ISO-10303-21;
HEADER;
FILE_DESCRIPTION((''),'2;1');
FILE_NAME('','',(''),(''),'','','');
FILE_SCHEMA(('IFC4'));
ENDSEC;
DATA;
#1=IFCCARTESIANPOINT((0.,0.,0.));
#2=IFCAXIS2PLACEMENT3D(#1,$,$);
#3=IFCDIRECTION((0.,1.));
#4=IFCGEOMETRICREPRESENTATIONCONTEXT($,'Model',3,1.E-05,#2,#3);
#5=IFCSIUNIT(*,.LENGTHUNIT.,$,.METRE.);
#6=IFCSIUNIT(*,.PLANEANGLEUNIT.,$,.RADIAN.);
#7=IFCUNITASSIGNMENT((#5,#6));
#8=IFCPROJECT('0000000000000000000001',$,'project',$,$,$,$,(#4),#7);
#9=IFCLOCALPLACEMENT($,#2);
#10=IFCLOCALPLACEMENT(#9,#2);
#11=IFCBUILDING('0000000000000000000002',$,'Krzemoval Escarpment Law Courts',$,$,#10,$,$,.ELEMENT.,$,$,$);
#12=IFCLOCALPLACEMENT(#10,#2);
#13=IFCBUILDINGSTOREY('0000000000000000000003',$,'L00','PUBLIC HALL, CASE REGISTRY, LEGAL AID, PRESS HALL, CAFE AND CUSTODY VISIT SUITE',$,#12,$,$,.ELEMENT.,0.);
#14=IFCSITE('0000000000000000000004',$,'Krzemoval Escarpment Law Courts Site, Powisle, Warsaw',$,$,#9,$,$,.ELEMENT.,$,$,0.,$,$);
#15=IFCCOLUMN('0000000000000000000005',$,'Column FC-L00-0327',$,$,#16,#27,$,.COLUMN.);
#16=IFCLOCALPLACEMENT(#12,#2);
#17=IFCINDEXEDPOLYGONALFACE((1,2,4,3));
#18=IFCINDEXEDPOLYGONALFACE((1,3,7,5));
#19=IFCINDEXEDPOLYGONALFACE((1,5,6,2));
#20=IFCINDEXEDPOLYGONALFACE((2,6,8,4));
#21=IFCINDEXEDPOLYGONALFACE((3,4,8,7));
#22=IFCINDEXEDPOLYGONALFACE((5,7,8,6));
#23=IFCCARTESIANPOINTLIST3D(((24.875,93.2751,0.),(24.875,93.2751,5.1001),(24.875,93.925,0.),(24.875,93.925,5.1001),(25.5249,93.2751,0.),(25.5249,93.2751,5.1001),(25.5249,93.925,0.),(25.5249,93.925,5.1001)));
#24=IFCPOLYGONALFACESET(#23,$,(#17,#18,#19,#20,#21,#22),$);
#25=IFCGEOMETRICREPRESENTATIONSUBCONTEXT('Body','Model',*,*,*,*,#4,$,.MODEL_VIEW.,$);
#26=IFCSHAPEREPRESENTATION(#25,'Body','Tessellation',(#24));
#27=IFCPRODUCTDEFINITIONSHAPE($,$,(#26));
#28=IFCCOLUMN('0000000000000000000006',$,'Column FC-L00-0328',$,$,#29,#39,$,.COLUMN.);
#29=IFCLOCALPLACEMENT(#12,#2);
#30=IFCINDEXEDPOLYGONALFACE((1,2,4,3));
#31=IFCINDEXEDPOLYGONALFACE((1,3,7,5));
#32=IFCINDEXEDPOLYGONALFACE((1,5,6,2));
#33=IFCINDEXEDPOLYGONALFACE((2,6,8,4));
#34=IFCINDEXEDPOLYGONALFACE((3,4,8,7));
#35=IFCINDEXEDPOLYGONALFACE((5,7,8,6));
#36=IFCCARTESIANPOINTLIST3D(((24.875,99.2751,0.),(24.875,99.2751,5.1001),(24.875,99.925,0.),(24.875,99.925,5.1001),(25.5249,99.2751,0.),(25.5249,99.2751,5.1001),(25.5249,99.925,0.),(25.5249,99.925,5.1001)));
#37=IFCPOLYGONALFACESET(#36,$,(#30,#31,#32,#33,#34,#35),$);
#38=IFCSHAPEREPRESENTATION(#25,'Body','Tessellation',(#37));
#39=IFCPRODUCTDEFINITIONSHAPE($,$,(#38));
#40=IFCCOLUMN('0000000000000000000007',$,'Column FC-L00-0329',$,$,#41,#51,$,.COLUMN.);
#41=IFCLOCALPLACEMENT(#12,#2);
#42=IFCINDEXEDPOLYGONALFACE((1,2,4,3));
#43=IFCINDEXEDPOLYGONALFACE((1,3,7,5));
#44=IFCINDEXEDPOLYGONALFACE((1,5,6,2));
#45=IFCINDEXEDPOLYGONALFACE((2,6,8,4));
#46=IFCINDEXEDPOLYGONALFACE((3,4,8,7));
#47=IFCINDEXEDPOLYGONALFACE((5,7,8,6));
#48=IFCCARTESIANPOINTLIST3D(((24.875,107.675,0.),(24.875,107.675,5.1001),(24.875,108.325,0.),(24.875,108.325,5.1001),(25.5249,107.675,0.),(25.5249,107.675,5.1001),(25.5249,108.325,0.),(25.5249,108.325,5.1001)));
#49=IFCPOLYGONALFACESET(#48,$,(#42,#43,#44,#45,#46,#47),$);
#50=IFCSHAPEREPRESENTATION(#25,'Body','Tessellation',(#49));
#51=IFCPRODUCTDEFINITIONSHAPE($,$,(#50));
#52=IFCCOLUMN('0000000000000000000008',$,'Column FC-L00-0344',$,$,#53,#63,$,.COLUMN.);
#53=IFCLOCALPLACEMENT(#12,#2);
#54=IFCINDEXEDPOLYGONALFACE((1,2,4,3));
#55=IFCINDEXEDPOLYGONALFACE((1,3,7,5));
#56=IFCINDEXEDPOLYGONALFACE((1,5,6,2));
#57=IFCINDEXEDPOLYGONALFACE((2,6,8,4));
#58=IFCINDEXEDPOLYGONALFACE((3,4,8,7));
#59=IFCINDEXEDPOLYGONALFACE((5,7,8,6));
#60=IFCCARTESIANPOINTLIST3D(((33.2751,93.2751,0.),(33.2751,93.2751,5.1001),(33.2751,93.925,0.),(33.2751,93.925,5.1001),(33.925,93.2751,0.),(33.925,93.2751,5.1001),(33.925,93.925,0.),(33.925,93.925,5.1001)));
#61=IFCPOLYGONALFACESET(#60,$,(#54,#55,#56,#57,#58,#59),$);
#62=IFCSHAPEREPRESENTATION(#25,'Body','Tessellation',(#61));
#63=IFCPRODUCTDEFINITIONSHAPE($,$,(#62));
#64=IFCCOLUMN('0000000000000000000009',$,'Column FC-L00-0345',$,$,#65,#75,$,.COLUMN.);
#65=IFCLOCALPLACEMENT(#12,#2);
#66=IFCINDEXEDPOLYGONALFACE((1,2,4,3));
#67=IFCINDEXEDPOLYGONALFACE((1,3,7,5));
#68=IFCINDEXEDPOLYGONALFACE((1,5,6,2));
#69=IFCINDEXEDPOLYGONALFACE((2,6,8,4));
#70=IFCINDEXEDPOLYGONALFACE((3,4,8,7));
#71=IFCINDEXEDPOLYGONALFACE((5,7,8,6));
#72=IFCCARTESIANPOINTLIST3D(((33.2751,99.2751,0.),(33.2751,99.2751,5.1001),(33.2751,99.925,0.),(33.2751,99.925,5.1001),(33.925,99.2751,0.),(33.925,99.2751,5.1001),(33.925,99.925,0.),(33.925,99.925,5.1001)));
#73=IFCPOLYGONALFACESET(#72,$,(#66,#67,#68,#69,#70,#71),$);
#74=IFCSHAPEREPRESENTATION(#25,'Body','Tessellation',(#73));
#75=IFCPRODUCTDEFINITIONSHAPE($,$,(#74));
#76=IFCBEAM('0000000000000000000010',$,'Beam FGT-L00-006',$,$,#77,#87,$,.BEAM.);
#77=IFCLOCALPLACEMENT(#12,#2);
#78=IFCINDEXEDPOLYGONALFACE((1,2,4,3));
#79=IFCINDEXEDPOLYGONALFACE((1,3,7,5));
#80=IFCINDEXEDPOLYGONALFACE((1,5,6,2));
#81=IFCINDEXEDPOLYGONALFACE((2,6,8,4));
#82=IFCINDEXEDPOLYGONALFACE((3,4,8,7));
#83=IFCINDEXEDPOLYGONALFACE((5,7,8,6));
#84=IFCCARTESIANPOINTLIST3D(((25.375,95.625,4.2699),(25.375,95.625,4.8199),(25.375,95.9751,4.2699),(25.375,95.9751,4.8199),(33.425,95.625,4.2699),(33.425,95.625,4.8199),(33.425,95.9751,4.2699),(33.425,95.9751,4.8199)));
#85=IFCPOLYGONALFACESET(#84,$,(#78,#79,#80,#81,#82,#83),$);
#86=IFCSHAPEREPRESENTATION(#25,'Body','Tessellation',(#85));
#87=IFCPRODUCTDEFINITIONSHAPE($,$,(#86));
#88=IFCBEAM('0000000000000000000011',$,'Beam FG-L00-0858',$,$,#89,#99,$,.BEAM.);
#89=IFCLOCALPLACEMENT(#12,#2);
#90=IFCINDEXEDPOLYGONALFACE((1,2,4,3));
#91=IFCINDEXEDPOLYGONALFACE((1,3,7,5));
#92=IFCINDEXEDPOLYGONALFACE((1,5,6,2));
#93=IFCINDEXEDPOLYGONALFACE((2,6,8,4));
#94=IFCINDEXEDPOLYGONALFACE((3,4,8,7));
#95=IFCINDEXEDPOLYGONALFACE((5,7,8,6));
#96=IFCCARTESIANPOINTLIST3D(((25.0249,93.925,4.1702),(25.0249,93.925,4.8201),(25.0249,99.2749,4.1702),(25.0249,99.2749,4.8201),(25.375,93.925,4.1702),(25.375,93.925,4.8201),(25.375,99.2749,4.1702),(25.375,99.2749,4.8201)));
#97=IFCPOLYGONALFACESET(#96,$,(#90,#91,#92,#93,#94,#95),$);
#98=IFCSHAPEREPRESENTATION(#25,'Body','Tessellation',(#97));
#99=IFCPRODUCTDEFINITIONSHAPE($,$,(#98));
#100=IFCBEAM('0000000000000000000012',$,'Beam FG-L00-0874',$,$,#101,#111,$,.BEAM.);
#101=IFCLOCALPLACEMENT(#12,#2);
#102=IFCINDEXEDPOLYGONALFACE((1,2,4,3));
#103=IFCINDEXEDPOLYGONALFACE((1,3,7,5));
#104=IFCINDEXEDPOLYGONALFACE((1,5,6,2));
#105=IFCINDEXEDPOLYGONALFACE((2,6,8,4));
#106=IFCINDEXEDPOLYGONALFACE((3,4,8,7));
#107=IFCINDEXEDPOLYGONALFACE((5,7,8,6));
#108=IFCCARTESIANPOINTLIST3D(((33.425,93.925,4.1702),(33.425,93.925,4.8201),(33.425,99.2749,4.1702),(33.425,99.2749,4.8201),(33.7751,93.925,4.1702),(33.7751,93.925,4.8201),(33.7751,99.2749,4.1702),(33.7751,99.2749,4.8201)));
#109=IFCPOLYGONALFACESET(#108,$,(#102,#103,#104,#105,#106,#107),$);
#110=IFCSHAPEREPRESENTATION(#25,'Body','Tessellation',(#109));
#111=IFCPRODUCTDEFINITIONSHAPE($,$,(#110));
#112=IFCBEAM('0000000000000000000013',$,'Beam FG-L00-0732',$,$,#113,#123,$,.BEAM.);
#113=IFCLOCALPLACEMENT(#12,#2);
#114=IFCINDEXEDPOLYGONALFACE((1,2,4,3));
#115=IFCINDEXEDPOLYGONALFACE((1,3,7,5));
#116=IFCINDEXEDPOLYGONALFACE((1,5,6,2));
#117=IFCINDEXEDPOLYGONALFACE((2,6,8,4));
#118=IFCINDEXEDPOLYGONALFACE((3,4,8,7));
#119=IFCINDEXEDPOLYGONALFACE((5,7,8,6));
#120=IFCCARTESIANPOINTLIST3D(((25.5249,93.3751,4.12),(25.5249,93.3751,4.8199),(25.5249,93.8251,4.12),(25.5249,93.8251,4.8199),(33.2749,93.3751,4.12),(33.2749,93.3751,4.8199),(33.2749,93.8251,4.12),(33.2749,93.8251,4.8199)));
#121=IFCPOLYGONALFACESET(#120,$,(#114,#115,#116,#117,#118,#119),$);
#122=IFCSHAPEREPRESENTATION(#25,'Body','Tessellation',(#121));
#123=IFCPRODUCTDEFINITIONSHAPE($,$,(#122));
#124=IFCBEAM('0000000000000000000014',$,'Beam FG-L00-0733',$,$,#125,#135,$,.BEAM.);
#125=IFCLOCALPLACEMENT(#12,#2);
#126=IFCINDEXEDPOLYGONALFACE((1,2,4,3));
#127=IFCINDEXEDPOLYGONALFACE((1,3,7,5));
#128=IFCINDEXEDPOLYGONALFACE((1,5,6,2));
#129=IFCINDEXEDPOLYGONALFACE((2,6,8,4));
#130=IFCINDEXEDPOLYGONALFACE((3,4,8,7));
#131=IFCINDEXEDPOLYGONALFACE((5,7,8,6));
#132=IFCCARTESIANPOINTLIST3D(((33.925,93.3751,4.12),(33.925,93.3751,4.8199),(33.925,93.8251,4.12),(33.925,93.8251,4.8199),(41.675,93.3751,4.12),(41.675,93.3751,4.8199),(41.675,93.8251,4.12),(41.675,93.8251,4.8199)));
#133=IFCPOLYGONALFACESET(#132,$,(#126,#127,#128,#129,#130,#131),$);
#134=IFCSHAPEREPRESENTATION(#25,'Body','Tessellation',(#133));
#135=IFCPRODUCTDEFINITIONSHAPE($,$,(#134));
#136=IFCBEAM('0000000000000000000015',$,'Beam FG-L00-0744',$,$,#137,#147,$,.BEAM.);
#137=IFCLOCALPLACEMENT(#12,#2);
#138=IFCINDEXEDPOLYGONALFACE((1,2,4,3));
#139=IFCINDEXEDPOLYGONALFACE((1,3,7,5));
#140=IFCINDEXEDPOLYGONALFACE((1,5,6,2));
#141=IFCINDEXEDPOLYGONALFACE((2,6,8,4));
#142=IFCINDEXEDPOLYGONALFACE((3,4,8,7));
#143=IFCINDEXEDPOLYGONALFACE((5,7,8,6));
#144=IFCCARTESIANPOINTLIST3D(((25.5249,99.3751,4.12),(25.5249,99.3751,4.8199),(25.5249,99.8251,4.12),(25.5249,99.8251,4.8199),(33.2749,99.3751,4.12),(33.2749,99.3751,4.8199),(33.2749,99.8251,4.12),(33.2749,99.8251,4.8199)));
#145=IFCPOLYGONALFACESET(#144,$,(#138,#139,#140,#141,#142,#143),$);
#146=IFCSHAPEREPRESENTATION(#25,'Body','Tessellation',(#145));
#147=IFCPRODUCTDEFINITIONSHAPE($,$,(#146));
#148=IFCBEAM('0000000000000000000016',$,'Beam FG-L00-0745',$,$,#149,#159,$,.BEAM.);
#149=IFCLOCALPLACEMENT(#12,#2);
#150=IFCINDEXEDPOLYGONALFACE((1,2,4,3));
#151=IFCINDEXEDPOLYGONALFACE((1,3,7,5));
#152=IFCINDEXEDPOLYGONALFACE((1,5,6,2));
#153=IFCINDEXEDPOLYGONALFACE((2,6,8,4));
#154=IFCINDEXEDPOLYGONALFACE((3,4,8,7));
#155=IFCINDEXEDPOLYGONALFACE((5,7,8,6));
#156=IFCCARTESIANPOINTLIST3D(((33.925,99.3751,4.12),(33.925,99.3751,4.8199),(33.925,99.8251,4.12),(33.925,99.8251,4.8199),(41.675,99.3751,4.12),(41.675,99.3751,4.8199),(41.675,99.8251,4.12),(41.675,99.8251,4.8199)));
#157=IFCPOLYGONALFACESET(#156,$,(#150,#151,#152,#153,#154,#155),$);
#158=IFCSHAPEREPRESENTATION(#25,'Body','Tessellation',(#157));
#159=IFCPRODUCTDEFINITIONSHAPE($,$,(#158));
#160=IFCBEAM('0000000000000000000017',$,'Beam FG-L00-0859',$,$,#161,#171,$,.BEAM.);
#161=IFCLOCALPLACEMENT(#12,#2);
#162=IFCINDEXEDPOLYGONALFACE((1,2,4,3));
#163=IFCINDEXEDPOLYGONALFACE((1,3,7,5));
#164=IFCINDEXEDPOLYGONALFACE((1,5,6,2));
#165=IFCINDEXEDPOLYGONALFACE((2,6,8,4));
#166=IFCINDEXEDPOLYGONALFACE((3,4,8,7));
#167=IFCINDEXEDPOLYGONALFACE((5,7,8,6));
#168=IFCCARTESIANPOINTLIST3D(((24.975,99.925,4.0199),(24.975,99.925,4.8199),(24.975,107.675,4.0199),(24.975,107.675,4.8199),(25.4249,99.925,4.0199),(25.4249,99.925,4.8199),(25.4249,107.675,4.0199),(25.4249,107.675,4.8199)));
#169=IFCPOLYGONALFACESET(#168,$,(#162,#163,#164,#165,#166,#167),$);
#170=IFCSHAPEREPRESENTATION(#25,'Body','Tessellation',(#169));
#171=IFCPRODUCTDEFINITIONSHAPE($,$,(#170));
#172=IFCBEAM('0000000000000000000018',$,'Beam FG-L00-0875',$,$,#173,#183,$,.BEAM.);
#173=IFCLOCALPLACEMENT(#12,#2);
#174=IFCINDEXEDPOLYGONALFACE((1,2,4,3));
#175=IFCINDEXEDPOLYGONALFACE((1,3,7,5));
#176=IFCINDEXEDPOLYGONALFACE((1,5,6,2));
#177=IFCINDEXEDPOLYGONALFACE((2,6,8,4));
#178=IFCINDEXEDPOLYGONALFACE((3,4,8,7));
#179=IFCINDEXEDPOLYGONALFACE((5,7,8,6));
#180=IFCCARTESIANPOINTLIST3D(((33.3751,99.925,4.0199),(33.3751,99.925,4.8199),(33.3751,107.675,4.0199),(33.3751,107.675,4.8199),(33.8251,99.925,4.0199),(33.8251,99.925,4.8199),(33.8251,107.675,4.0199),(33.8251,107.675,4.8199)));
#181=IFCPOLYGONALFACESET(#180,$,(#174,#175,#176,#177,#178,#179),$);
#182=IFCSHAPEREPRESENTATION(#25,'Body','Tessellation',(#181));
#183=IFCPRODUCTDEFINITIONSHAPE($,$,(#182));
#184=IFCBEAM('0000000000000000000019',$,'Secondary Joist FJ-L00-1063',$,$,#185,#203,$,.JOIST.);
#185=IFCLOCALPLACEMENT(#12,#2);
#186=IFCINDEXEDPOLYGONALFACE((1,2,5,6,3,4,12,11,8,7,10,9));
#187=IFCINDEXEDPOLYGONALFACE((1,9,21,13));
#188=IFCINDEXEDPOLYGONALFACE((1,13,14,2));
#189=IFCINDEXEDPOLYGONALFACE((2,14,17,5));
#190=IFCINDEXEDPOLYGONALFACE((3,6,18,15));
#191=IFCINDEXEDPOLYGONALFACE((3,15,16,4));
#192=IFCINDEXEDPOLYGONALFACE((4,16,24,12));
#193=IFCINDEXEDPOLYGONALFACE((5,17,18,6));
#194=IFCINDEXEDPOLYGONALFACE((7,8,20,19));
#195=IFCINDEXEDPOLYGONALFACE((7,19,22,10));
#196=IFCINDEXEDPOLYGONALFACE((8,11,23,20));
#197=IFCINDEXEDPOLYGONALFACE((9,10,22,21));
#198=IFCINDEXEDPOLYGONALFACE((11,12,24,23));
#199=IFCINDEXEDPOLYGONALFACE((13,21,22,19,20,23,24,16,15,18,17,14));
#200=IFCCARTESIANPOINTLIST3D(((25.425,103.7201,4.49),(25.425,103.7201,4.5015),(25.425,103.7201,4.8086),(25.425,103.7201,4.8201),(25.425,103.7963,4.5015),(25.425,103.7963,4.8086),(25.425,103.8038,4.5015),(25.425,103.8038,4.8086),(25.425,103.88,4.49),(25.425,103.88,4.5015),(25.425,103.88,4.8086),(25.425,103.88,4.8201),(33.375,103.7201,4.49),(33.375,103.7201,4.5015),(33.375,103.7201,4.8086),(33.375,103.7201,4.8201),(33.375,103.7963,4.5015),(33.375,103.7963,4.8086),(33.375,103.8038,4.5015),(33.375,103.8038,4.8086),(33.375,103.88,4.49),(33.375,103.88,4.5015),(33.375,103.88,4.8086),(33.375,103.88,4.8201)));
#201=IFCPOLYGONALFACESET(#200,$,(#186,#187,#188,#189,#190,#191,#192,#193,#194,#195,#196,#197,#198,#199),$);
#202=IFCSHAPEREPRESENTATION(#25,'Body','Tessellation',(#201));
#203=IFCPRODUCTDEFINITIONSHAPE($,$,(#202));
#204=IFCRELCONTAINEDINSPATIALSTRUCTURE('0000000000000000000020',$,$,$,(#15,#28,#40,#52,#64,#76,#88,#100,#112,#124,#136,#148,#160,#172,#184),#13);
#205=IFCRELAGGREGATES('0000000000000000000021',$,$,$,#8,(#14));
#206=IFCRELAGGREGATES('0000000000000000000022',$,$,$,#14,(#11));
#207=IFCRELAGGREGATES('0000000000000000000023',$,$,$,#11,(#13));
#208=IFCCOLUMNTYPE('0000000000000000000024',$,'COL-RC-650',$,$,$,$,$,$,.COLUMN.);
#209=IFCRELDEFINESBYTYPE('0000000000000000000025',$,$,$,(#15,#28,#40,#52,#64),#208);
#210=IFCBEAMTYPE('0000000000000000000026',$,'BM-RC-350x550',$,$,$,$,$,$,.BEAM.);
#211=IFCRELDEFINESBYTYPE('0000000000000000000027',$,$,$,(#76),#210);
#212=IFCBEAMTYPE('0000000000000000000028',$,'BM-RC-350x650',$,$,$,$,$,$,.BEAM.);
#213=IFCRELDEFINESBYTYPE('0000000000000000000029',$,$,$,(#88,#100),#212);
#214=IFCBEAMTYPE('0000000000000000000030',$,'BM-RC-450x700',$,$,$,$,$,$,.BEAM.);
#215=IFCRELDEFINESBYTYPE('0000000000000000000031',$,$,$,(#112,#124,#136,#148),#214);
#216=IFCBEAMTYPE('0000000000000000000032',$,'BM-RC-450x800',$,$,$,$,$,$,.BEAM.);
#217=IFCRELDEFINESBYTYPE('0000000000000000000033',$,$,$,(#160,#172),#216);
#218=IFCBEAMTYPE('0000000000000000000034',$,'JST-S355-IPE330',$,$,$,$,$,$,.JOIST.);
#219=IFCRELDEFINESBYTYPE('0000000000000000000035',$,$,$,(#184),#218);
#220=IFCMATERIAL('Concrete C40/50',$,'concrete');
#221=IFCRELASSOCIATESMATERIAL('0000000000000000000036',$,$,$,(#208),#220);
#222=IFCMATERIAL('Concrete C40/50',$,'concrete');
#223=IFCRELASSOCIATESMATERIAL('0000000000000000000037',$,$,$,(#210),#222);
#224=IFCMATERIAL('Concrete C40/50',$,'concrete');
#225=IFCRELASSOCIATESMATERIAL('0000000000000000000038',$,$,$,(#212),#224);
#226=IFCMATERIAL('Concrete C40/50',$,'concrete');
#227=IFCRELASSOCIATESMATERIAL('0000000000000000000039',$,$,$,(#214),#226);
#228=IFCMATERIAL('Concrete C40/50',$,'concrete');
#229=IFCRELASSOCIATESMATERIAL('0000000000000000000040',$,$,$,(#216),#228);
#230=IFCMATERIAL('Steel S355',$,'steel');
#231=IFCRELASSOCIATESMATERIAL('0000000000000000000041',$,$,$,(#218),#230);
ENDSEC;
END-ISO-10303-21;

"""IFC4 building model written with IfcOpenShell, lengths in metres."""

from ifc_helpers import new_model, si_unit, direction, frame, origin, origin_2d, place, context, subcontext, project, spatial, rectangle, i_section, extrude, material, material_profile, profile_set, type_object, element, save


model = new_model("IFC4")

# Units and contexts
model_context = context("Model", 3, precision=1e-05, world=origin(), true_north=direction((0.0, 1.0)))
body_context = subcontext(model_context, "Body", "Model", "MODEL_VIEW")
ifc_project = project(units=[si_unit("LENGTHUNIT", "METRE"), si_unit("PLANEANGLEUNIT", "RADIAN")], contexts=[model_context])

# Site, building, storey
site_placement = place(None, origin())
site = spatial("IfcSite", under=ifc_project, at=site_placement, Name="Krzemoval Escarpment Law Courts Site, Powisle, Warsaw", CompositionType="ELEMENT", RefElevation=0.0)
building_placement = place(site_placement, origin())
building = spatial("IfcBuilding", under=site, at=building_placement, Name="Krzemoval Escarpment Law Courts", CompositionType="ELEMENT")
storey_placement = place(building_placement, origin())
storey = spatial("IfcBuildingStorey", under=building, at=storey_placement, Name="L00", Description="PUBLIC HALL, CASE REGISTRY, LEGAL AID, PRESS HALL, CAFE AND CUSTODY VISIT SUITE", CompositionType="ELEMENT", Elevation=0.0)

# Columns
ifc_material_1 = material(Name="Concrete C40/50", Category="concrete")
ifc_material_profile_1 = material_profile(ifc_material_1, rectangle(XDim=0.6499, YDim=0.6499, at=origin_2d()), Name="RC 650x650")
ifc_profile_set_1 = profile_set([ifc_material_profile_1], Name="Concrete C40/50")
column_type = type_object("IfcColumnType", Name="COL-RC-650", PredefinedType="COLUMN", material=ifc_profile_set_1)
for number, where, z_axis, x_axis, name in (
    (1, (25.2, 93.6001, 0.0), (0.0, 0.0, 1.0), (1.0, 0.0, 0.0), "Column FC-L00-0327"),
    (2, (25.2, 99.6001, 0.0), (0.0, 0.0, 1.0), (1.0, 0.0, 0.0), "Column FC-L00-0328"),
    (3, (25.2, 108.0, 0.0), (0.0, 0.0, 1.0), (1.0, 0.0, 0.0), "Column FC-L00-0329"),
    (4, (33.6001, 93.6001, 0.0), (0.0, 0.0, 1.0), (1.0, 0.0, 0.0), "Column FC-L00-0344"),
    (5, (33.6001, 99.6001, 0.0), (0.0, 0.0, 1.0), (1.0, 0.0, 0.0), "Column FC-L00-0345"),
):
    element("IfcColumn", number, at=place(storey_placement, frame(where, z_axis=z_axis, x_axis=x_axis)), inside=storey, type_object=column_type, Name=name, PredefinedType="COLUMN", context=body_context, shape_type="SweptSolid", body=[
        extrude(rectangle(XDim=0.6499, YDim=0.6499, at=origin_2d()), origin(), (0.0, 0.0, 1.0), 5.1001),
    ])

# Beams
ifc_material_2 = material(Name="Concrete C40/50", Category="concrete")
ifc_material_profile_2 = material_profile(ifc_material_2, rectangle(XDim=0.3501, YDim=0.55, at=origin_2d()), Name="RCB 350x550")
ifc_profile_set_2 = profile_set([ifc_material_profile_2], Name="Concrete C40/50")
beam_type_1 = type_object("IfcBeamType", Name="BM-RC-350x550", PredefinedType="BEAM", material=ifc_profile_set_2)
beam_placement = place(storey_placement, frame((25.375, 95.8, 4.5449), z_axis=(1.0, 0.0, 0.0), x_axis=(0.0, 1.0, 0.0)))
element("IfcBeam", 6, at=beam_placement, inside=storey, type_object=beam_type_1, Name="Beam FGT-L00-006", PredefinedType="BEAM", context=body_context, shape_type="SweptSolid", body=[
    extrude(rectangle(XDim=0.3501, YDim=0.55, at=origin_2d()), origin(), (0.0, 0.0, 1.0), 8.05),
])
ifc_material_3 = material(Name="Concrete C40/50", Category="concrete")
ifc_material_profile_3 = material_profile(ifc_material_3, rectangle(XDim=0.3501, YDim=0.6499, at=origin_2d()), Name="RCB 350x650")
ifc_profile_set_3 = profile_set([ifc_material_profile_3], Name="Concrete C40/50")
beam_type_2 = type_object("IfcBeamType", Name="BM-RC-350x650", PredefinedType="BEAM", material=ifc_profile_set_3)
for number, where, z_axis, x_axis, name in (
    (7, (25.2, 93.925, 4.4951), (0.0, 1.0, 0.0), (-1.0, 0.0, 0.0), "Beam FG-L00-0858"),
    (8, (33.6001, 93.925, 4.4951), (0.0, 1.0, 0.0), (-1.0, 0.0, 0.0), "Beam FG-L00-0874"),
):
    element("IfcBeam", number, at=place(storey_placement, frame(where, z_axis=z_axis, x_axis=x_axis)), inside=storey, type_object=beam_type_2, Name=name, PredefinedType="BEAM", context=body_context, shape_type="SweptSolid", body=[
        extrude(rectangle(XDim=0.3501, YDim=0.6499, at=origin_2d()), origin(), (0.0, 0.0, 1.0), 5.3499),
    ])
ifc_material_4 = material(Name="Concrete C40/50", Category="concrete")
ifc_material_profile_4 = material_profile(ifc_material_4, rectangle(XDim=0.45, YDim=0.7, at=origin_2d()), Name="RCB 450x700")
ifc_profile_set_4 = profile_set([ifc_material_profile_4], Name="Concrete C40/50")
beam_type_3 = type_object("IfcBeamType", Name="BM-RC-450x700", PredefinedType="BEAM", material=ifc_profile_set_4)
for number, where, z_axis, x_axis, name in (
    (9, (25.5249, 93.6001, 4.47), (1.0, 0.0, 0.0), (0.0, 1.0, 0.0), "Beam FG-L00-0732"),
    (10, (33.925, 93.6001, 4.47), (1.0, 0.0, 0.0), (0.0, 1.0, 0.0), "Beam FG-L00-0733"),
    (11, (25.5249, 99.6001, 4.47), (1.0, 0.0, 0.0), (0.0, 1.0, 0.0), "Beam FG-L00-0744"),
    (12, (33.925, 99.6001, 4.47), (1.0, 0.0, 0.0), (0.0, 1.0, 0.0), "Beam FG-L00-0745"),
):
    element("IfcBeam", number, at=place(storey_placement, frame(where, z_axis=z_axis, x_axis=x_axis)), inside=storey, type_object=beam_type_3, Name=name, PredefinedType="BEAM", context=body_context, shape_type="SweptSolid", body=[
        extrude(rectangle(XDim=0.45, YDim=0.7, at=origin_2d()), origin(), (0.0, 0.0, 1.0), 7.75),
    ])
ifc_material_5 = material(Name="Concrete C40/50", Category="concrete")
ifc_material_profile_5 = material_profile(ifc_material_5, rectangle(XDim=0.45, YDim=0.8, at=origin_2d()), Name="RCB 450x800")
ifc_profile_set_5 = profile_set([ifc_material_profile_5], Name="Concrete C40/50")
beam_type_4 = type_object("IfcBeamType", Name="BM-RC-450x800", PredefinedType="BEAM", material=ifc_profile_set_5)
for number, where, z_axis, x_axis, name in (
    (13, (25.2, 99.925, 4.4199), (0.0, 1.0, 0.0), (-1.0, 0.0, 0.0), "Beam FG-L00-0859"),
    (14, (33.6001, 99.925, 4.4199), (0.0, 1.0, 0.0), (-1.0, 0.0, 0.0), "Beam FG-L00-0875"),
):
    element("IfcBeam", number, at=place(storey_placement, frame(where, z_axis=z_axis, x_axis=x_axis)), inside=storey, type_object=beam_type_4, Name=name, PredefinedType="BEAM", context=body_context, shape_type="SweptSolid", body=[
        extrude(rectangle(XDim=0.45, YDim=0.8, at=origin_2d()), origin(), (0.0, 0.0, 1.0), 7.75),
    ])
ifc_material_6 = material(Name="Steel S355", Category="steel")
ifc_material_profile_6 = material_profile(ifc_material_6, i_section(OverallWidth=0.1599, OverallDepth=0.3301, WebThickness=0.0076, FlangeThickness=0.0115, at=origin_2d()), Name="IPE 330")
ifc_profile_set_6 = profile_set([ifc_material_profile_6], Name="Steel S355")
beam_type_5 = type_object("IfcBeamType", Name="JST-S355-IPE330", PredefinedType="JOIST", material=ifc_profile_set_6)
for number, where, z_axis, x_axis, name in (
    (15, (25.425, 103.8, 4.655), (1.0, 0.0, 0.0), (0.0, 1.0, 0.0), "Secondary Joist FJ-L00-1063"),
):
    element("IfcBeam", number, at=place(storey_placement, frame(where, z_axis=z_axis, x_axis=x_axis)), inside=storey, type_object=beam_type_5, Name=name, PredefinedType="JOIST", context=body_context, shape_type="SweptSolid", body=[
        extrude(i_section(OverallWidth=0.1599, OverallDepth=0.3301, WebThickness=0.0076, FlangeThickness=0.0115, at=origin_2d()), origin(), (0.0, 0.0, 1.0), 7.95),
    ])

save(model, "model.ifc")
